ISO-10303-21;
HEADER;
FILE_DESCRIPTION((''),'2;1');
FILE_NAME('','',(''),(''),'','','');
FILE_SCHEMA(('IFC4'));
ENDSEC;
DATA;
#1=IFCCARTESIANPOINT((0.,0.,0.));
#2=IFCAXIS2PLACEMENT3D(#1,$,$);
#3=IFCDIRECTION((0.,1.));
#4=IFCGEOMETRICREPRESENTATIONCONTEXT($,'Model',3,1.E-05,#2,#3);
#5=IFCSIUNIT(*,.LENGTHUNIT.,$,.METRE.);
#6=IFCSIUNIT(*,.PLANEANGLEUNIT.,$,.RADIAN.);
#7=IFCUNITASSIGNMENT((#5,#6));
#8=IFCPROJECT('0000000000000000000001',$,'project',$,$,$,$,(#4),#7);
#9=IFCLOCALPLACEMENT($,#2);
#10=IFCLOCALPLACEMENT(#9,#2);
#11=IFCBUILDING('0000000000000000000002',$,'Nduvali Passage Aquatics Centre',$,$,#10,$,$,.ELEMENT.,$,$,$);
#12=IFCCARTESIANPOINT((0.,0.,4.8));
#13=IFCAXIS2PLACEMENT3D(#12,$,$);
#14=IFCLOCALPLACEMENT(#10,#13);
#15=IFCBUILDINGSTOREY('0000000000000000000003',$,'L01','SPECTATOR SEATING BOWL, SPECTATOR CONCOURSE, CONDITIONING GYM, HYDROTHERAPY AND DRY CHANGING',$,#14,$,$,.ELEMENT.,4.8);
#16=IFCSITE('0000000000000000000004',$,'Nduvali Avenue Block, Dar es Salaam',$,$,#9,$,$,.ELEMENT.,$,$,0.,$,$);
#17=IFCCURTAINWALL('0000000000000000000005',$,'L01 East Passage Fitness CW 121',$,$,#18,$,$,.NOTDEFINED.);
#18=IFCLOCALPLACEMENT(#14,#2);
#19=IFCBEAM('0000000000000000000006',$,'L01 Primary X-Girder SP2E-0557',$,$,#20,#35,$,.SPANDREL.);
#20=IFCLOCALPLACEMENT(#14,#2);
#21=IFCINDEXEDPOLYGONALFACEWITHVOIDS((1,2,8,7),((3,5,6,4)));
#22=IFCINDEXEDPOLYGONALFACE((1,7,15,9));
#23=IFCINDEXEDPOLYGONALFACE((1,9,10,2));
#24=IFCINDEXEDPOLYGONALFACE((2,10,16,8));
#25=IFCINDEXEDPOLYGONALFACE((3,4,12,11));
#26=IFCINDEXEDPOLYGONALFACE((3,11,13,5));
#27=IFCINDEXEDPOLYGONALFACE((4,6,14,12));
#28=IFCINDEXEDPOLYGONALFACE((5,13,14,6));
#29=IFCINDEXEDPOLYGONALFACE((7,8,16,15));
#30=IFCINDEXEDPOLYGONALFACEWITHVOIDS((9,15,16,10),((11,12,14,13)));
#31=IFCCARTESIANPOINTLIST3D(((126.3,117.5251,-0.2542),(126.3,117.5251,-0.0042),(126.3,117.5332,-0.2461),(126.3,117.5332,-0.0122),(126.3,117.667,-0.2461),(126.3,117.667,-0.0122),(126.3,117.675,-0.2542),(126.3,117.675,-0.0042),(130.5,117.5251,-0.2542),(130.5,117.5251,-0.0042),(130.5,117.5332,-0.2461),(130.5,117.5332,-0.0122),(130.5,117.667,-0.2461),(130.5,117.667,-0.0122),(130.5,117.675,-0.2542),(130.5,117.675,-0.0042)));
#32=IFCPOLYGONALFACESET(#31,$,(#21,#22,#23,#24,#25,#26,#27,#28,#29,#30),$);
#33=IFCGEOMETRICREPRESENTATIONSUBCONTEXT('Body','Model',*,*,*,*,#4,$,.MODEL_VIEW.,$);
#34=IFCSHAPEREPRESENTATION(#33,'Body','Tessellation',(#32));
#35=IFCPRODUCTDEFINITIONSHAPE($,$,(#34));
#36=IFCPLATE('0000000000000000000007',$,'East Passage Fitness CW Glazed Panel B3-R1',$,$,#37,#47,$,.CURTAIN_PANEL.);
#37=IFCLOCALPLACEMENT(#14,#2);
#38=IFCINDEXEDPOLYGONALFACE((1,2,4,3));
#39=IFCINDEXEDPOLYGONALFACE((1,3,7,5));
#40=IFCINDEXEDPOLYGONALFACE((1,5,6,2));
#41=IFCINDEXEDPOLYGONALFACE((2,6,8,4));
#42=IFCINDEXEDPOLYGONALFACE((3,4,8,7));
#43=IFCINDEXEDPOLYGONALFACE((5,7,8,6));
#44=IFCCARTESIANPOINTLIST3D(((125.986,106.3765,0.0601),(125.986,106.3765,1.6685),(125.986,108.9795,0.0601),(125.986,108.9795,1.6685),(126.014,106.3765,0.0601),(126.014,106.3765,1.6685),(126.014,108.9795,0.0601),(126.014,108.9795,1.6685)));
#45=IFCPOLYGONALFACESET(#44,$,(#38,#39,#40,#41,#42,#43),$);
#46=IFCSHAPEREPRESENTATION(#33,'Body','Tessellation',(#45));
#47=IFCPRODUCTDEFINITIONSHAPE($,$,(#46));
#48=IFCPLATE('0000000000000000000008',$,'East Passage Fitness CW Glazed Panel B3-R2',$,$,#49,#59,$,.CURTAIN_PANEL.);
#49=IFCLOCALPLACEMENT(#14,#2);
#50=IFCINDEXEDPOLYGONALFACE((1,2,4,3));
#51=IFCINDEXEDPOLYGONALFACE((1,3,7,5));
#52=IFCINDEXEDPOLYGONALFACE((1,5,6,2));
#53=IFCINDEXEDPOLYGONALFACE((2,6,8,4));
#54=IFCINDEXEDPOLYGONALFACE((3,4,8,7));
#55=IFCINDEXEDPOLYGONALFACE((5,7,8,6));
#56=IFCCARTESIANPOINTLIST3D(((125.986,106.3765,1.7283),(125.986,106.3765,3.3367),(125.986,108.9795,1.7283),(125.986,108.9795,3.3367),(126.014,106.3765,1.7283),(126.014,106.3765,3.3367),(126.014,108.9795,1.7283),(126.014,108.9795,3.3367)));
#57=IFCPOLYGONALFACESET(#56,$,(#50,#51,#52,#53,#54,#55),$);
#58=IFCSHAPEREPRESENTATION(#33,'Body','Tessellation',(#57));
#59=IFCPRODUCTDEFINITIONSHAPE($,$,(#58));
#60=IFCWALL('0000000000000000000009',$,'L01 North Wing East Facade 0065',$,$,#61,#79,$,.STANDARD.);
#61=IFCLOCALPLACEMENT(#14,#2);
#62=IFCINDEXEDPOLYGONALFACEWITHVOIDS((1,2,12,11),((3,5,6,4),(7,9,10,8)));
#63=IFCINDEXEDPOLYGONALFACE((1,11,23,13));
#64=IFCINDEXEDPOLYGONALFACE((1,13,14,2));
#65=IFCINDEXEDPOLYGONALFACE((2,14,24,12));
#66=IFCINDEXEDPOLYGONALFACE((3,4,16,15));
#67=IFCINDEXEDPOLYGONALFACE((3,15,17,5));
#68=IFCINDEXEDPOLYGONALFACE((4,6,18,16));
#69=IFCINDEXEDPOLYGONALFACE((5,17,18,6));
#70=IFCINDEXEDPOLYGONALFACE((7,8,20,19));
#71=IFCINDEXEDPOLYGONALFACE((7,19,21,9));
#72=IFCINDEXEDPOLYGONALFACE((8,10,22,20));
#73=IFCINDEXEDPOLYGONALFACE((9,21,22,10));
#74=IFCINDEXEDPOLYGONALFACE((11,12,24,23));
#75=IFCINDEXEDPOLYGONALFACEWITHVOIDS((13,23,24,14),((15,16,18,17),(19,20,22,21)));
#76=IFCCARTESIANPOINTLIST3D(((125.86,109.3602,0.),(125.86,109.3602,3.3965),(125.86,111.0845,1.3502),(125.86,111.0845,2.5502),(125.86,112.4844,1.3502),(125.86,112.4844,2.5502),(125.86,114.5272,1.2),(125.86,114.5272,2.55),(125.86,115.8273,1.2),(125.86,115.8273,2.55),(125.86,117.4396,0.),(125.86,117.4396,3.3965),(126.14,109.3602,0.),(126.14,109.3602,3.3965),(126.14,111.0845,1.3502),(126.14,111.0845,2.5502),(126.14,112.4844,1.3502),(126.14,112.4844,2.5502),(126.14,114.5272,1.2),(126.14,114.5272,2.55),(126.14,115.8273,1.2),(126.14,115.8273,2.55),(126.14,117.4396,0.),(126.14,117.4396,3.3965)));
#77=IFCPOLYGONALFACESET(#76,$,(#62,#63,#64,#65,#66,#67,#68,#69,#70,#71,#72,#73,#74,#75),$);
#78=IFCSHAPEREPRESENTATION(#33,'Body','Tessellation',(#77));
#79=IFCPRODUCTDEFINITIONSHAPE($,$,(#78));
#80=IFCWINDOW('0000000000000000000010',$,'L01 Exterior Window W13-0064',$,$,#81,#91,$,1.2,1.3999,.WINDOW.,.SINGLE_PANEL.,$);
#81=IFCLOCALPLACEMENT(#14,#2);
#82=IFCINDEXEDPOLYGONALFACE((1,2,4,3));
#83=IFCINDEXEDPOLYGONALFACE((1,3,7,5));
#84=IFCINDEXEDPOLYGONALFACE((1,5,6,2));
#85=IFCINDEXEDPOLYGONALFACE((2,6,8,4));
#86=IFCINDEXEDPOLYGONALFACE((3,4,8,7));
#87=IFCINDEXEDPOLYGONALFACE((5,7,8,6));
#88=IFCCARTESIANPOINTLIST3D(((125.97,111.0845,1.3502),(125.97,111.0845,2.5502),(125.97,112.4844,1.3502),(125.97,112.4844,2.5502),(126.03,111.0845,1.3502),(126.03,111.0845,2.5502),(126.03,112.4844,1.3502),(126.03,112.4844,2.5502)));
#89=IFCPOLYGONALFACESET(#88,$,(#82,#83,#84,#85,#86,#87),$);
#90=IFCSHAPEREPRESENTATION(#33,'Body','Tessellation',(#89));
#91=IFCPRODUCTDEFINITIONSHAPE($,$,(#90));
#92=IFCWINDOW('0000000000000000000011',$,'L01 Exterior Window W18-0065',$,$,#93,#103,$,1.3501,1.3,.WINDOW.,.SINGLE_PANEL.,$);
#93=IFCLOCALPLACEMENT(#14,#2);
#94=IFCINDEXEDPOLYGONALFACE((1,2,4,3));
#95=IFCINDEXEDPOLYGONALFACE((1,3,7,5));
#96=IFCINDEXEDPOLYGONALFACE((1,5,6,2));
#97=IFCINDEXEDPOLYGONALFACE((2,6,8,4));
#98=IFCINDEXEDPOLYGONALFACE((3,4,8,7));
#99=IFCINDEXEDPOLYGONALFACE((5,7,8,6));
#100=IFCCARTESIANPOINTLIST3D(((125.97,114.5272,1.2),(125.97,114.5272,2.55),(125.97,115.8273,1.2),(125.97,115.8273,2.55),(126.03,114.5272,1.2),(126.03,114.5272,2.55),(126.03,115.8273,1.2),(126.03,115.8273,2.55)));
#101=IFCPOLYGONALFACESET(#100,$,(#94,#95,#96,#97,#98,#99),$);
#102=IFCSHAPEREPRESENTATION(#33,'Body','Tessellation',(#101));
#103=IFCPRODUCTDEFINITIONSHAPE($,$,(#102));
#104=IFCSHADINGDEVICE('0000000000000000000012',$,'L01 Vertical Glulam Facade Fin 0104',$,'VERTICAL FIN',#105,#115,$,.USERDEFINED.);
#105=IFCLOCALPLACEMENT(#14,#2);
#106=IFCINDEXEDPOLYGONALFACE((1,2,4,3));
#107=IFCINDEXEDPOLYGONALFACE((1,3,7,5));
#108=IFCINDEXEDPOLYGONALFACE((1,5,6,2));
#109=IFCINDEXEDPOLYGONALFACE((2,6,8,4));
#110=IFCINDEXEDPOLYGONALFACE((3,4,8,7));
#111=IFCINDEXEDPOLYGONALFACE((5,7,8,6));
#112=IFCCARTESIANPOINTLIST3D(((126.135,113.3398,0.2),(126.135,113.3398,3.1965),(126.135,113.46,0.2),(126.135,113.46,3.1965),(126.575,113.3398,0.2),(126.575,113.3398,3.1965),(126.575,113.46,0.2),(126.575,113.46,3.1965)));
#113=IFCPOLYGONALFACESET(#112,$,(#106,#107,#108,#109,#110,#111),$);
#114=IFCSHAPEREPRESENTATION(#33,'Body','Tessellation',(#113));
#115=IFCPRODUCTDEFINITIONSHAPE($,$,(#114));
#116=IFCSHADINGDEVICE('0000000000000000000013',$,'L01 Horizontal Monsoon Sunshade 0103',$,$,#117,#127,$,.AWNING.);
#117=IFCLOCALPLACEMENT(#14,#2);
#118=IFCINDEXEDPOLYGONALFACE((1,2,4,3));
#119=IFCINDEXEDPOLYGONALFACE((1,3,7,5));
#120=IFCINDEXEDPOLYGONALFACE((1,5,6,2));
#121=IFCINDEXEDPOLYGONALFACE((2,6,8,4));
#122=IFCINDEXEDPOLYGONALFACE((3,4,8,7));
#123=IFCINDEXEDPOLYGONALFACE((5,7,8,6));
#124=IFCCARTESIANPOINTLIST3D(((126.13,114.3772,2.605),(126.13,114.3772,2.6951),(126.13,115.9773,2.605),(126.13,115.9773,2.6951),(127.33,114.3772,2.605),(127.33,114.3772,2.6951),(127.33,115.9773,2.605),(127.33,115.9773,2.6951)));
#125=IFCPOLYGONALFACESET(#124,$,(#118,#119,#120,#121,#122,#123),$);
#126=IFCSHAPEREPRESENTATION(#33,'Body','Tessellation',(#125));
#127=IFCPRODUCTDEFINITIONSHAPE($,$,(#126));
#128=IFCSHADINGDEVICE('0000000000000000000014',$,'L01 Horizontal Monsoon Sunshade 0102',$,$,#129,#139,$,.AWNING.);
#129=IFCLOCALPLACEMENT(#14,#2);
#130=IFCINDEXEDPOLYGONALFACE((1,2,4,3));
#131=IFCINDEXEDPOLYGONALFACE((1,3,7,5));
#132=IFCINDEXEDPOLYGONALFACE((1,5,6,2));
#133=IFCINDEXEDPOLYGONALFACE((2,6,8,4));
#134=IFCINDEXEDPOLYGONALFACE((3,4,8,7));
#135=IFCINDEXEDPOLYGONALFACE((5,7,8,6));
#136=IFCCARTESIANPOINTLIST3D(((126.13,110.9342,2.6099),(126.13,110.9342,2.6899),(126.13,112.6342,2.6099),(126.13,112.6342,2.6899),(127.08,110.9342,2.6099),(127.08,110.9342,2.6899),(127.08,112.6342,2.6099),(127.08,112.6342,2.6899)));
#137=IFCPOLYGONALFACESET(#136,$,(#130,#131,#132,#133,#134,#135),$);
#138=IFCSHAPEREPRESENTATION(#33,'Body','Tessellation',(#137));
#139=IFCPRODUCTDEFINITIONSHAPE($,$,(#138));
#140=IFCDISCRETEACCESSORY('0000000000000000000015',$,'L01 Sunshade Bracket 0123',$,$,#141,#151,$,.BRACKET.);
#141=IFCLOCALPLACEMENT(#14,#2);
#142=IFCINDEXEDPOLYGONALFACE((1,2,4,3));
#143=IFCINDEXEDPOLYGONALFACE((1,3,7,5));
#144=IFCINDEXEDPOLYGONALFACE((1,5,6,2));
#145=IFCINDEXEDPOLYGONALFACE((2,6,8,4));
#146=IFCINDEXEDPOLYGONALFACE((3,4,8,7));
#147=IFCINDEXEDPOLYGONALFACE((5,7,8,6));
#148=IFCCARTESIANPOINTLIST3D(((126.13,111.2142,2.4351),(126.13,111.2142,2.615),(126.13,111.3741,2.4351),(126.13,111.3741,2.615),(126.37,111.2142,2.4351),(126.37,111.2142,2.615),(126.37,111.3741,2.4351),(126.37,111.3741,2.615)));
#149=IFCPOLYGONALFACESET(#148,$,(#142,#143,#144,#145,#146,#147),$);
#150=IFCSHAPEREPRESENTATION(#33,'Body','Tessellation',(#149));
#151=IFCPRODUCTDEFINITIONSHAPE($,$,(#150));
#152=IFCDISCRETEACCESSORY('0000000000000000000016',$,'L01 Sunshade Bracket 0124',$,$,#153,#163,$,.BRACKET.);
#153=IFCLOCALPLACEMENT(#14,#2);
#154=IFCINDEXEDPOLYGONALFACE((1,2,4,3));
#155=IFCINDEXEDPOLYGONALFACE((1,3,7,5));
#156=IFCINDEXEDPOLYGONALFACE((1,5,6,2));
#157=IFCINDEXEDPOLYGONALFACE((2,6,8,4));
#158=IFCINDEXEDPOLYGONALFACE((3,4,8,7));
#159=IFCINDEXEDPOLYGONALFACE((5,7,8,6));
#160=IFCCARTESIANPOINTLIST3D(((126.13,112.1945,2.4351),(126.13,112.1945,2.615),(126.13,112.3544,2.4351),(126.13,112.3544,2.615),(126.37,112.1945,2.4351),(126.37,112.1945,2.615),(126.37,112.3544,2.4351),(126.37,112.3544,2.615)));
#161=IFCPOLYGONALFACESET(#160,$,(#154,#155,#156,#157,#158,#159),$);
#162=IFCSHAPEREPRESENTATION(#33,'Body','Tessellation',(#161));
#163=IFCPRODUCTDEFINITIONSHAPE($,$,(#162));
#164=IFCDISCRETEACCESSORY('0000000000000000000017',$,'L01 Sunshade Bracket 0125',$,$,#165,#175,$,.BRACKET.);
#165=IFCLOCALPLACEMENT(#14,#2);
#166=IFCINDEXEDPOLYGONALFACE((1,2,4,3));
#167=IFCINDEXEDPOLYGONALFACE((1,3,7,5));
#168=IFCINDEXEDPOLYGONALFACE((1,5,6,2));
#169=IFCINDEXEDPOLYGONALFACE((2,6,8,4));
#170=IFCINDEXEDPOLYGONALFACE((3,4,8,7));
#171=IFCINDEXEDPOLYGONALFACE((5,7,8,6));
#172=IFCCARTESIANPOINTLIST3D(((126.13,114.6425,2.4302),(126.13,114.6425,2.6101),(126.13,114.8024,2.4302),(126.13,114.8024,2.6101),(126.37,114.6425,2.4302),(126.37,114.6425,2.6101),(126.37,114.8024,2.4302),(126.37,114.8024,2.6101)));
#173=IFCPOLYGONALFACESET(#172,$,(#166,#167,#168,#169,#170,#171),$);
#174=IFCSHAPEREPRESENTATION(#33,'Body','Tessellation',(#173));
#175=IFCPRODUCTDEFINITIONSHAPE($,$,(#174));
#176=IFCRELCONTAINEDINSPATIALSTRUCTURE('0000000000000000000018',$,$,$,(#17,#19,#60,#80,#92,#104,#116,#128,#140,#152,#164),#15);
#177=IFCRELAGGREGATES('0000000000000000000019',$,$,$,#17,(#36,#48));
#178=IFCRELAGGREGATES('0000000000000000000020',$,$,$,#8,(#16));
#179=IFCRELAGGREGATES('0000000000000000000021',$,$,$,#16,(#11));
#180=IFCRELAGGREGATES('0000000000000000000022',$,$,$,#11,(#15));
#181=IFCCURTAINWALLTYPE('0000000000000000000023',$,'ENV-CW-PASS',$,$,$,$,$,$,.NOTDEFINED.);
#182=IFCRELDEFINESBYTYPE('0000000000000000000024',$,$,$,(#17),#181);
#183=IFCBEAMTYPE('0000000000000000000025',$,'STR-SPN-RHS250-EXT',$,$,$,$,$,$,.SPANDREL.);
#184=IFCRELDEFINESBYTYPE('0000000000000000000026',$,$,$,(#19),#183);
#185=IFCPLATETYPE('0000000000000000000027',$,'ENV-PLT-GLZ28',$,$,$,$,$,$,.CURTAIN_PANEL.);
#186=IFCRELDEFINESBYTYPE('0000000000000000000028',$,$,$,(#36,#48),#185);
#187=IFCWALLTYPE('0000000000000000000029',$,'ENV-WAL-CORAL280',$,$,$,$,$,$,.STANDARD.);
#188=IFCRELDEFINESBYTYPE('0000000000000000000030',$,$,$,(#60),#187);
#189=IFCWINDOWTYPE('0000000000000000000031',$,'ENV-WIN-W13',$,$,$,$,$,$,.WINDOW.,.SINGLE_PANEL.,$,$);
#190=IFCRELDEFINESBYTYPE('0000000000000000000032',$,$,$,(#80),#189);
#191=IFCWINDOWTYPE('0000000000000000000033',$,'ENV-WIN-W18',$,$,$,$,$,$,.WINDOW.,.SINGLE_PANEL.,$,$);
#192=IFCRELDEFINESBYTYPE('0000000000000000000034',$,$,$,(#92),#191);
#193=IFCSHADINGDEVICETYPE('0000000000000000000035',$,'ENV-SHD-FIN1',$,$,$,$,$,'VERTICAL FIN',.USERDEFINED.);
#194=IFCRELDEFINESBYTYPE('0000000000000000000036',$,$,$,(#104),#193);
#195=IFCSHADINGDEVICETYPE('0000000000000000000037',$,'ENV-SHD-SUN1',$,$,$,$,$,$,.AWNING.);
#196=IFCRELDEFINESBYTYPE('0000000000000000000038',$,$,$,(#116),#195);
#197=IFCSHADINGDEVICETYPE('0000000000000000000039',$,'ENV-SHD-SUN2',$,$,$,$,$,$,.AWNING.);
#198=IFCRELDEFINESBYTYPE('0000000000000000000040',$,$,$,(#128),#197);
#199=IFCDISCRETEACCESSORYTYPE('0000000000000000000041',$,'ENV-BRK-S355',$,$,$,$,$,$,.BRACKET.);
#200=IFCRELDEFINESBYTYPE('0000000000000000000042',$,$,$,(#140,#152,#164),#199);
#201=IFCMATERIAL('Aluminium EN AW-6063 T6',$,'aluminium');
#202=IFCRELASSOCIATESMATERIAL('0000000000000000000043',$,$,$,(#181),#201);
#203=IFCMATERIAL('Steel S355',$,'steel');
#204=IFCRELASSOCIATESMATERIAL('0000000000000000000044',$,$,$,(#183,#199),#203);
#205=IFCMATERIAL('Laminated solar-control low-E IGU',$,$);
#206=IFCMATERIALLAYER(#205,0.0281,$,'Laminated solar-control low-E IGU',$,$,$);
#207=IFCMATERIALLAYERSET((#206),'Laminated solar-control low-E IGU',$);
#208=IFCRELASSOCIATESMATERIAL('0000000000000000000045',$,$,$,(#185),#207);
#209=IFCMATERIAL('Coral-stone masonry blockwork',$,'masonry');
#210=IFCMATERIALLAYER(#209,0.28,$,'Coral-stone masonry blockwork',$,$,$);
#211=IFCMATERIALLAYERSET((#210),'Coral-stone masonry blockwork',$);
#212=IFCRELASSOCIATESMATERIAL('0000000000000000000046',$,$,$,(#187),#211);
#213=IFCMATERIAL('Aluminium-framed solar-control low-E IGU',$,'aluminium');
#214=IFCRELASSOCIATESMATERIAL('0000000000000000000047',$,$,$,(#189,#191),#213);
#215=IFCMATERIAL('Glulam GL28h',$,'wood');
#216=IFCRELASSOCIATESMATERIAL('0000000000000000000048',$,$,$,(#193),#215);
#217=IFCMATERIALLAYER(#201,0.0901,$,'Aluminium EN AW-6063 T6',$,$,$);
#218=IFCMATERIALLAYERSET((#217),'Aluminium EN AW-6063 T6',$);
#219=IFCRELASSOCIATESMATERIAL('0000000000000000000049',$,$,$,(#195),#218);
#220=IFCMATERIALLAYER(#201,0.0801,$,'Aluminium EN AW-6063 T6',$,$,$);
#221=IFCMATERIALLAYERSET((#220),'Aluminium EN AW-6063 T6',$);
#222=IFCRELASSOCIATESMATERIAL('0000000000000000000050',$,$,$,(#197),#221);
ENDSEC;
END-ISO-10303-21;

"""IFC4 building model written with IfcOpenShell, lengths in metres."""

from ifc_helpers import new_model, si_unit, direction, frame, frame_2d, origin, origin_2d, place, context, subcontext, project, spatial, rectangle, hollow_rectangle, extrude, material, layer, layer_set, material_profile, profile_set, type_object, element, fill, aggregate, save


model = new_model("IFC4")

# Units and contexts
model_context = context("Model", 3, precision=1e-05, world=origin(), true_north=direction((0.0, 1.0)))
body_context = subcontext(model_context, "Body", "Model", "MODEL_VIEW")
ifc_project = project(units=[si_unit("LENGTHUNIT", "METRE"), si_unit("PLANEANGLEUNIT", "RADIAN")], contexts=[model_context])

# Site, building, storey
site_placement = place(None, origin())
site = spatial("IfcSite", under=ifc_project, at=site_placement, Name="Nduvali Avenue Block, Dar es Salaam", CompositionType="ELEMENT", RefElevation=0.0)
building_placement = place(site_placement, origin())
building = spatial("IfcBuilding", under=site, at=building_placement, Name="Nduvali Passage Aquatics Centre", CompositionType="ELEMENT")
storey_placement = place(building_placement, frame((0.0, 0.0, 4.8)))
storey = spatial("IfcBuildingStorey", under=building, at=storey_placement, Name="L01", Description="SPECTATOR SEATING BOWL, SPECTATOR CONCOURSE, CONDITIONING GYM, HYDROTHERAPY AND DRY CHANGING", CompositionType="ELEMENT", Elevation=4.8)

# Shared definitions
ifc_material_1 = material(Name="Steel S355", Category="steel")

# Curtain wall
ifc_material_2 = material(Name="Aluminium EN AW-6063 T6", Category="aluminium")
curtain_wall_type = type_object("IfcCurtainWallType", Name="ENV-CW-PASS", PredefinedType="NOTDEFINED", material=ifc_material_2)
curtain_wall_placement = place(storey_placement, origin())
curtain_wall = element("IfcCurtainWall", 1, at=curtain_wall_placement, inside=storey, type_object=curtain_wall_type, Name="L01 East Passage Fitness CW 121", PredefinedType="NOTDEFINED")

# Beam
ifc_material_profile_1 = material_profile(ifc_material_1, hollow_rectangle(XDim=0.1499, YDim=0.25, WallThickness=0.0081, at=origin_2d()), Name="RHS 250x150x8.0")
ifc_profile_set_1 = profile_set([ifc_material_profile_1], Name="Steel S355")
beam_type_1 = type_object("IfcBeamType", Name="STR-SPN-RHS250-EXT", PredefinedType="SPANDREL", material=ifc_profile_set_1)
beam_1_placement = place(storey_placement, frame((126.3, 117.6001, -0.1292), z_axis=(1.0, 0.0, 0.0), x_axis=(0.0, 1.0, 0.0)))
element("IfcBeam", 2, at=beam_1_placement, inside=storey, type_object=beam_type_1, Name="L01 Primary X-Girder SP2E-0557", PredefinedType="SPANDREL", context=body_context, shape_type="SweptSolid", body=[
    extrude(hollow_rectangle(XDim=0.1499, YDim=0.25, WallThickness=0.0081, at=origin_2d()), origin(), (0.0, 0.0, 1.0), 4.2),
])

# Plates
ifc_material_3 = material(Name="Laminated solar-control low-E IGU")
ifc_layer_1 = layer(ifc_material_3, 0.0281, Name="Laminated solar-control low-E IGU")
ifc_layer_set_1 = layer_set([ifc_layer_1], Name="Laminated solar-control low-E IGU")
plate_type = type_object("IfcPlateType", Name="ENV-PLT-GLZ28", PredefinedType="CURTAIN_PANEL", material=ifc_layer_set_1)
plate_1_placement = place(storey_placement, frame((126.0, 107.678, 0.0601), z_axis=(0.0, 0.0, 1.0), x_axis=(0.0, 1.0, 0.0)))
plate_1 = element("IfcPlate", 3, at=plate_1_placement, type_object=plate_type, Name="East Passage Fitness CW Glazed Panel B3-R1", PredefinedType="CURTAIN_PANEL", context=body_context, shape_type="SweptSolid", body=[
    extrude(rectangle(XDim=2.603, YDim=0.0281, at=origin_2d()), origin(), (0.0, 0.0, 1.0), 1.6084),
])
plate_2_placement = place(storey_placement, frame((126.0, 107.678, 1.7283), z_axis=(0.0, 0.0, 1.0), x_axis=(0.0, 1.0, 0.0)))
plate_2 = element("IfcPlate", 4, at=plate_2_placement, type_object=plate_type, Name="East Passage Fitness CW Glazed Panel B3-R2", PredefinedType="CURTAIN_PANEL", context=body_context, shape_type="SweptSolid", body=[
    extrude(rectangle(XDim=2.603, YDim=0.0281, at=origin_2d()), origin(), (0.0, 0.0, 1.0), 1.6084),
])
aggregate(curtain_wall, [plate_1, plate_2])

# Wall, openings, windows
ifc_material_4 = material(Name="Coral-stone masonry blockwork", Category="masonry")
ifc_layer_2 = layer(ifc_material_4, 0.28, Name="Coral-stone masonry blockwork")
ifc_layer_set_2 = layer_set([ifc_layer_2], Name="Coral-stone masonry blockwork")
wall_type = type_object("IfcWallType", Name="ENV-WAL-CORAL280", PredefinedType="STANDARD", material=ifc_layer_set_2)
wall_placement = place(storey_placement, frame((126.0, 109.3604, 0.0), z_axis=(0.0, 0.0, 1.0), x_axis=(0.0, 1.0, 0.0)))
wall = element("IfcWall", 5, at=wall_placement, inside=storey, type_object=wall_type, Name="L01 North Wing East Facade 0065", PredefinedType="STANDARD", context=body_context, shape_type="SweptSolid", body=[
    extrude(rectangle(XDim=8.0793, YDim=0.28, at=frame_2d((4.0396, 0.0))), origin(), (0.0, 0.0, 1.0), 3.3965),
])
opening_1_placement = place(wall_placement, frame((1.7241, 0.0, 1.3501)))
opening_1 = element("IfcOpeningElement", 6, at=opening_1_placement, cuts=wall, PredefinedType="OPENING", context=body_context, shape_type="SweptSolid", body=[
    extrude(rectangle(XDim=1.3999, YDim=1.2, at=frame_2d((0.7, 0.6001))), frame((0.0, 0.1548, 0.0), z_axis=(0.0, -1.0, 0.0), x_axis=(1.0, 0.0, 0.0)), (0.0, 0.0, 1.0), 0.3098),
])
opening_2_placement = place(wall_placement, frame((5.167, 0.0, 1.2)))
opening_2 = element("IfcOpeningElement", 7, at=opening_2_placement, cuts=wall, PredefinedType="OPENING", context=body_context, shape_type="SweptSolid", body=[
    extrude(rectangle(XDim=1.3, YDim=1.3501, at=frame_2d((0.6499, 0.675))), frame((0.0, 0.1548, 0.0), z_axis=(0.0, -1.0, 0.0), x_axis=(1.0, 0.0, 0.0)), (0.0, 0.0, 1.0), 0.3098),
])
ifc_material_5 = material(Name="Aluminium-framed solar-control low-E IGU", Category="aluminium")
window_type_1 = type_object("IfcWindowType", Name="ENV-WIN-W13", PartitioningType="SINGLE_PANEL", PredefinedType="WINDOW", material=ifc_material_5)
window_1_placement = place(opening_1_placement, origin())
window_1 = element("IfcWindow", 8, at=window_1_placement, inside=storey, type_object=window_type_1, Name="L01 Exterior Window W13-0064", OverallHeight=1.2, OverallWidth=1.3999, PartitioningType="SINGLE_PANEL", PredefinedType="WINDOW", context=body_context, shape_type="SweptSolid", body=[
    extrude(rectangle(XDim=1.3999, YDim=1.2, at=frame_2d((0.7, 0.6001))), frame((0.0, 0.03, 0.0), z_axis=(0.0, -1.0, 0.0), x_axis=(1.0, 0.0, 0.0)), (0.0, 0.0, 1.0), 0.0601),
])
fill(opening_1, window_1)
window_type_2 = type_object("IfcWindowType", Name="ENV-WIN-W18", PartitioningType="SINGLE_PANEL", PredefinedType="WINDOW", material=ifc_material_5)
window_2_placement = place(opening_2_placement, origin())
window_2 = element("IfcWindow", 9, at=window_2_placement, inside=storey, type_object=window_type_2, Name="L01 Exterior Window W18-0065", OverallHeight=1.3501, OverallWidth=1.3, PartitioningType="SINGLE_PANEL", PredefinedType="WINDOW", context=body_context, shape_type="SweptSolid", body=[
    extrude(rectangle(XDim=1.3, YDim=1.3501, at=frame_2d((0.6499, 0.675))), frame((0.0, 0.03, 0.0), z_axis=(0.0, -1.0, 0.0), x_axis=(1.0, 0.0, 0.0)), (0.0, 0.0, 1.0), 0.0601),
])
fill(opening_2, window_2)

# Shading devices
ifc_material_6 = material(Name="Glulam GL28h", Category="wood")
shading_device_type_1 = type_object("IfcShadingDeviceType", Name="ENV-SHD-FIN1", ElementType="VERTICAL FIN", PredefinedType="USERDEFINED", material=ifc_material_6)
shading_device_1_placement = place(storey_placement, frame((126.355, 113.3999, 0.2), z_axis=(0.0, 0.0, 1.0), x_axis=(0.0, 1.0, 0.0)))
element("IfcShadingDevice", 10, at=shading_device_1_placement, inside=storey, type_object=shading_device_type_1, Name="L01 Vertical Glulam Facade Fin 0104", ObjectType="VERTICAL FIN", PredefinedType="USERDEFINED", context=body_context, shape_type="SweptSolid", body=[
    extrude(rectangle(XDim=0.1201, YDim=0.4399, at=origin_2d()), origin(), (0.0, 0.0, 1.0), 2.9966),
])
ifc_layer_3 = layer(ifc_material_2, 0.0901, Name="Aluminium EN AW-6063 T6")
ifc_layer_set_3 = layer_set([ifc_layer_3], Name="Aluminium EN AW-6063 T6")
shading_device_type_2 = type_object("IfcShadingDeviceType", Name="ENV-SHD-SUN1", PredefinedType="AWNING", material=ifc_layer_set_3)
shading_device_2_placement = place(storey_placement, frame((126.73, 115.1772, 2.605), z_axis=(0.0, 0.0, 1.0), x_axis=(0.0, 1.0, 0.0)))
element("IfcShadingDevice", 11, at=shading_device_2_placement, inside=storey, type_object=shading_device_type_2, Name="L01 Horizontal Monsoon Sunshade 0103", PredefinedType="AWNING", context=body_context, shape_type="SweptSolid", body=[
    extrude(rectangle(XDim=1.6001, YDim=1.2, at=origin_2d()), origin(), (0.0, 0.0, 1.0), 0.0901),
])
ifc_layer_4 = layer(ifc_material_2, 0.0801, Name="Aluminium EN AW-6063 T6")
ifc_layer_set_4 = layer_set([ifc_layer_4], Name="Aluminium EN AW-6063 T6")
shading_device_type_3 = type_object("IfcShadingDeviceType", Name="ENV-SHD-SUN2", PredefinedType="AWNING", material=ifc_layer_set_4)
shading_device_3_placement = place(storey_placement, frame((126.605, 111.7842, 2.6099), z_axis=(0.0, 0.0, 1.0), x_axis=(0.0, 1.0, 0.0)))
element("IfcShadingDevice", 12, at=shading_device_3_placement, inside=storey, type_object=shading_device_type_3, Name="L01 Horizontal Monsoon Sunshade 0102", PredefinedType="AWNING", context=body_context, shape_type="SweptSolid", body=[
    extrude(rectangle(XDim=1.7, YDim=0.95, at=origin_2d()), origin(), (0.0, 0.0, 1.0), 0.0801),
])

# Discrete accessories
discrete_accessory_type = type_object("IfcDiscreteAccessoryType", Name="ENV-BRK-S355", PredefinedType="BRACKET", material=ifc_material_1)
for number, where, z_axis, x_axis, name in (
    (13, (126.25, 111.2942, 2.4351), (0.0, 0.0, 1.0), (0.0, 1.0, 0.0), "L01 Sunshade Bracket 0123"),
    (14, (126.25, 112.2744, 2.4351), (0.0, 0.0, 1.0), (0.0, 1.0, 0.0), "L01 Sunshade Bracket 0124"),
    (15, (126.25, 114.7224, 2.4302), (0.0, 0.0, 1.0), (0.0, 1.0, 0.0), "L01 Sunshade Bracket 0125"),
):
    element("IfcDiscreteAccessory", number, at=place(storey_placement, frame(where, z_axis=z_axis, x_axis=x_axis)), inside=storey, type_object=discrete_accessory_type, Name=name, PredefinedType="BRACKET", context=body_context, shape_type="SweptSolid", body=[
        extrude(rectangle(XDim=0.1599, YDim=0.24, at=origin_2d()), origin(), (0.0, 0.0, 1.0), 0.1799),
    ])

save(model, "model.ifc")
